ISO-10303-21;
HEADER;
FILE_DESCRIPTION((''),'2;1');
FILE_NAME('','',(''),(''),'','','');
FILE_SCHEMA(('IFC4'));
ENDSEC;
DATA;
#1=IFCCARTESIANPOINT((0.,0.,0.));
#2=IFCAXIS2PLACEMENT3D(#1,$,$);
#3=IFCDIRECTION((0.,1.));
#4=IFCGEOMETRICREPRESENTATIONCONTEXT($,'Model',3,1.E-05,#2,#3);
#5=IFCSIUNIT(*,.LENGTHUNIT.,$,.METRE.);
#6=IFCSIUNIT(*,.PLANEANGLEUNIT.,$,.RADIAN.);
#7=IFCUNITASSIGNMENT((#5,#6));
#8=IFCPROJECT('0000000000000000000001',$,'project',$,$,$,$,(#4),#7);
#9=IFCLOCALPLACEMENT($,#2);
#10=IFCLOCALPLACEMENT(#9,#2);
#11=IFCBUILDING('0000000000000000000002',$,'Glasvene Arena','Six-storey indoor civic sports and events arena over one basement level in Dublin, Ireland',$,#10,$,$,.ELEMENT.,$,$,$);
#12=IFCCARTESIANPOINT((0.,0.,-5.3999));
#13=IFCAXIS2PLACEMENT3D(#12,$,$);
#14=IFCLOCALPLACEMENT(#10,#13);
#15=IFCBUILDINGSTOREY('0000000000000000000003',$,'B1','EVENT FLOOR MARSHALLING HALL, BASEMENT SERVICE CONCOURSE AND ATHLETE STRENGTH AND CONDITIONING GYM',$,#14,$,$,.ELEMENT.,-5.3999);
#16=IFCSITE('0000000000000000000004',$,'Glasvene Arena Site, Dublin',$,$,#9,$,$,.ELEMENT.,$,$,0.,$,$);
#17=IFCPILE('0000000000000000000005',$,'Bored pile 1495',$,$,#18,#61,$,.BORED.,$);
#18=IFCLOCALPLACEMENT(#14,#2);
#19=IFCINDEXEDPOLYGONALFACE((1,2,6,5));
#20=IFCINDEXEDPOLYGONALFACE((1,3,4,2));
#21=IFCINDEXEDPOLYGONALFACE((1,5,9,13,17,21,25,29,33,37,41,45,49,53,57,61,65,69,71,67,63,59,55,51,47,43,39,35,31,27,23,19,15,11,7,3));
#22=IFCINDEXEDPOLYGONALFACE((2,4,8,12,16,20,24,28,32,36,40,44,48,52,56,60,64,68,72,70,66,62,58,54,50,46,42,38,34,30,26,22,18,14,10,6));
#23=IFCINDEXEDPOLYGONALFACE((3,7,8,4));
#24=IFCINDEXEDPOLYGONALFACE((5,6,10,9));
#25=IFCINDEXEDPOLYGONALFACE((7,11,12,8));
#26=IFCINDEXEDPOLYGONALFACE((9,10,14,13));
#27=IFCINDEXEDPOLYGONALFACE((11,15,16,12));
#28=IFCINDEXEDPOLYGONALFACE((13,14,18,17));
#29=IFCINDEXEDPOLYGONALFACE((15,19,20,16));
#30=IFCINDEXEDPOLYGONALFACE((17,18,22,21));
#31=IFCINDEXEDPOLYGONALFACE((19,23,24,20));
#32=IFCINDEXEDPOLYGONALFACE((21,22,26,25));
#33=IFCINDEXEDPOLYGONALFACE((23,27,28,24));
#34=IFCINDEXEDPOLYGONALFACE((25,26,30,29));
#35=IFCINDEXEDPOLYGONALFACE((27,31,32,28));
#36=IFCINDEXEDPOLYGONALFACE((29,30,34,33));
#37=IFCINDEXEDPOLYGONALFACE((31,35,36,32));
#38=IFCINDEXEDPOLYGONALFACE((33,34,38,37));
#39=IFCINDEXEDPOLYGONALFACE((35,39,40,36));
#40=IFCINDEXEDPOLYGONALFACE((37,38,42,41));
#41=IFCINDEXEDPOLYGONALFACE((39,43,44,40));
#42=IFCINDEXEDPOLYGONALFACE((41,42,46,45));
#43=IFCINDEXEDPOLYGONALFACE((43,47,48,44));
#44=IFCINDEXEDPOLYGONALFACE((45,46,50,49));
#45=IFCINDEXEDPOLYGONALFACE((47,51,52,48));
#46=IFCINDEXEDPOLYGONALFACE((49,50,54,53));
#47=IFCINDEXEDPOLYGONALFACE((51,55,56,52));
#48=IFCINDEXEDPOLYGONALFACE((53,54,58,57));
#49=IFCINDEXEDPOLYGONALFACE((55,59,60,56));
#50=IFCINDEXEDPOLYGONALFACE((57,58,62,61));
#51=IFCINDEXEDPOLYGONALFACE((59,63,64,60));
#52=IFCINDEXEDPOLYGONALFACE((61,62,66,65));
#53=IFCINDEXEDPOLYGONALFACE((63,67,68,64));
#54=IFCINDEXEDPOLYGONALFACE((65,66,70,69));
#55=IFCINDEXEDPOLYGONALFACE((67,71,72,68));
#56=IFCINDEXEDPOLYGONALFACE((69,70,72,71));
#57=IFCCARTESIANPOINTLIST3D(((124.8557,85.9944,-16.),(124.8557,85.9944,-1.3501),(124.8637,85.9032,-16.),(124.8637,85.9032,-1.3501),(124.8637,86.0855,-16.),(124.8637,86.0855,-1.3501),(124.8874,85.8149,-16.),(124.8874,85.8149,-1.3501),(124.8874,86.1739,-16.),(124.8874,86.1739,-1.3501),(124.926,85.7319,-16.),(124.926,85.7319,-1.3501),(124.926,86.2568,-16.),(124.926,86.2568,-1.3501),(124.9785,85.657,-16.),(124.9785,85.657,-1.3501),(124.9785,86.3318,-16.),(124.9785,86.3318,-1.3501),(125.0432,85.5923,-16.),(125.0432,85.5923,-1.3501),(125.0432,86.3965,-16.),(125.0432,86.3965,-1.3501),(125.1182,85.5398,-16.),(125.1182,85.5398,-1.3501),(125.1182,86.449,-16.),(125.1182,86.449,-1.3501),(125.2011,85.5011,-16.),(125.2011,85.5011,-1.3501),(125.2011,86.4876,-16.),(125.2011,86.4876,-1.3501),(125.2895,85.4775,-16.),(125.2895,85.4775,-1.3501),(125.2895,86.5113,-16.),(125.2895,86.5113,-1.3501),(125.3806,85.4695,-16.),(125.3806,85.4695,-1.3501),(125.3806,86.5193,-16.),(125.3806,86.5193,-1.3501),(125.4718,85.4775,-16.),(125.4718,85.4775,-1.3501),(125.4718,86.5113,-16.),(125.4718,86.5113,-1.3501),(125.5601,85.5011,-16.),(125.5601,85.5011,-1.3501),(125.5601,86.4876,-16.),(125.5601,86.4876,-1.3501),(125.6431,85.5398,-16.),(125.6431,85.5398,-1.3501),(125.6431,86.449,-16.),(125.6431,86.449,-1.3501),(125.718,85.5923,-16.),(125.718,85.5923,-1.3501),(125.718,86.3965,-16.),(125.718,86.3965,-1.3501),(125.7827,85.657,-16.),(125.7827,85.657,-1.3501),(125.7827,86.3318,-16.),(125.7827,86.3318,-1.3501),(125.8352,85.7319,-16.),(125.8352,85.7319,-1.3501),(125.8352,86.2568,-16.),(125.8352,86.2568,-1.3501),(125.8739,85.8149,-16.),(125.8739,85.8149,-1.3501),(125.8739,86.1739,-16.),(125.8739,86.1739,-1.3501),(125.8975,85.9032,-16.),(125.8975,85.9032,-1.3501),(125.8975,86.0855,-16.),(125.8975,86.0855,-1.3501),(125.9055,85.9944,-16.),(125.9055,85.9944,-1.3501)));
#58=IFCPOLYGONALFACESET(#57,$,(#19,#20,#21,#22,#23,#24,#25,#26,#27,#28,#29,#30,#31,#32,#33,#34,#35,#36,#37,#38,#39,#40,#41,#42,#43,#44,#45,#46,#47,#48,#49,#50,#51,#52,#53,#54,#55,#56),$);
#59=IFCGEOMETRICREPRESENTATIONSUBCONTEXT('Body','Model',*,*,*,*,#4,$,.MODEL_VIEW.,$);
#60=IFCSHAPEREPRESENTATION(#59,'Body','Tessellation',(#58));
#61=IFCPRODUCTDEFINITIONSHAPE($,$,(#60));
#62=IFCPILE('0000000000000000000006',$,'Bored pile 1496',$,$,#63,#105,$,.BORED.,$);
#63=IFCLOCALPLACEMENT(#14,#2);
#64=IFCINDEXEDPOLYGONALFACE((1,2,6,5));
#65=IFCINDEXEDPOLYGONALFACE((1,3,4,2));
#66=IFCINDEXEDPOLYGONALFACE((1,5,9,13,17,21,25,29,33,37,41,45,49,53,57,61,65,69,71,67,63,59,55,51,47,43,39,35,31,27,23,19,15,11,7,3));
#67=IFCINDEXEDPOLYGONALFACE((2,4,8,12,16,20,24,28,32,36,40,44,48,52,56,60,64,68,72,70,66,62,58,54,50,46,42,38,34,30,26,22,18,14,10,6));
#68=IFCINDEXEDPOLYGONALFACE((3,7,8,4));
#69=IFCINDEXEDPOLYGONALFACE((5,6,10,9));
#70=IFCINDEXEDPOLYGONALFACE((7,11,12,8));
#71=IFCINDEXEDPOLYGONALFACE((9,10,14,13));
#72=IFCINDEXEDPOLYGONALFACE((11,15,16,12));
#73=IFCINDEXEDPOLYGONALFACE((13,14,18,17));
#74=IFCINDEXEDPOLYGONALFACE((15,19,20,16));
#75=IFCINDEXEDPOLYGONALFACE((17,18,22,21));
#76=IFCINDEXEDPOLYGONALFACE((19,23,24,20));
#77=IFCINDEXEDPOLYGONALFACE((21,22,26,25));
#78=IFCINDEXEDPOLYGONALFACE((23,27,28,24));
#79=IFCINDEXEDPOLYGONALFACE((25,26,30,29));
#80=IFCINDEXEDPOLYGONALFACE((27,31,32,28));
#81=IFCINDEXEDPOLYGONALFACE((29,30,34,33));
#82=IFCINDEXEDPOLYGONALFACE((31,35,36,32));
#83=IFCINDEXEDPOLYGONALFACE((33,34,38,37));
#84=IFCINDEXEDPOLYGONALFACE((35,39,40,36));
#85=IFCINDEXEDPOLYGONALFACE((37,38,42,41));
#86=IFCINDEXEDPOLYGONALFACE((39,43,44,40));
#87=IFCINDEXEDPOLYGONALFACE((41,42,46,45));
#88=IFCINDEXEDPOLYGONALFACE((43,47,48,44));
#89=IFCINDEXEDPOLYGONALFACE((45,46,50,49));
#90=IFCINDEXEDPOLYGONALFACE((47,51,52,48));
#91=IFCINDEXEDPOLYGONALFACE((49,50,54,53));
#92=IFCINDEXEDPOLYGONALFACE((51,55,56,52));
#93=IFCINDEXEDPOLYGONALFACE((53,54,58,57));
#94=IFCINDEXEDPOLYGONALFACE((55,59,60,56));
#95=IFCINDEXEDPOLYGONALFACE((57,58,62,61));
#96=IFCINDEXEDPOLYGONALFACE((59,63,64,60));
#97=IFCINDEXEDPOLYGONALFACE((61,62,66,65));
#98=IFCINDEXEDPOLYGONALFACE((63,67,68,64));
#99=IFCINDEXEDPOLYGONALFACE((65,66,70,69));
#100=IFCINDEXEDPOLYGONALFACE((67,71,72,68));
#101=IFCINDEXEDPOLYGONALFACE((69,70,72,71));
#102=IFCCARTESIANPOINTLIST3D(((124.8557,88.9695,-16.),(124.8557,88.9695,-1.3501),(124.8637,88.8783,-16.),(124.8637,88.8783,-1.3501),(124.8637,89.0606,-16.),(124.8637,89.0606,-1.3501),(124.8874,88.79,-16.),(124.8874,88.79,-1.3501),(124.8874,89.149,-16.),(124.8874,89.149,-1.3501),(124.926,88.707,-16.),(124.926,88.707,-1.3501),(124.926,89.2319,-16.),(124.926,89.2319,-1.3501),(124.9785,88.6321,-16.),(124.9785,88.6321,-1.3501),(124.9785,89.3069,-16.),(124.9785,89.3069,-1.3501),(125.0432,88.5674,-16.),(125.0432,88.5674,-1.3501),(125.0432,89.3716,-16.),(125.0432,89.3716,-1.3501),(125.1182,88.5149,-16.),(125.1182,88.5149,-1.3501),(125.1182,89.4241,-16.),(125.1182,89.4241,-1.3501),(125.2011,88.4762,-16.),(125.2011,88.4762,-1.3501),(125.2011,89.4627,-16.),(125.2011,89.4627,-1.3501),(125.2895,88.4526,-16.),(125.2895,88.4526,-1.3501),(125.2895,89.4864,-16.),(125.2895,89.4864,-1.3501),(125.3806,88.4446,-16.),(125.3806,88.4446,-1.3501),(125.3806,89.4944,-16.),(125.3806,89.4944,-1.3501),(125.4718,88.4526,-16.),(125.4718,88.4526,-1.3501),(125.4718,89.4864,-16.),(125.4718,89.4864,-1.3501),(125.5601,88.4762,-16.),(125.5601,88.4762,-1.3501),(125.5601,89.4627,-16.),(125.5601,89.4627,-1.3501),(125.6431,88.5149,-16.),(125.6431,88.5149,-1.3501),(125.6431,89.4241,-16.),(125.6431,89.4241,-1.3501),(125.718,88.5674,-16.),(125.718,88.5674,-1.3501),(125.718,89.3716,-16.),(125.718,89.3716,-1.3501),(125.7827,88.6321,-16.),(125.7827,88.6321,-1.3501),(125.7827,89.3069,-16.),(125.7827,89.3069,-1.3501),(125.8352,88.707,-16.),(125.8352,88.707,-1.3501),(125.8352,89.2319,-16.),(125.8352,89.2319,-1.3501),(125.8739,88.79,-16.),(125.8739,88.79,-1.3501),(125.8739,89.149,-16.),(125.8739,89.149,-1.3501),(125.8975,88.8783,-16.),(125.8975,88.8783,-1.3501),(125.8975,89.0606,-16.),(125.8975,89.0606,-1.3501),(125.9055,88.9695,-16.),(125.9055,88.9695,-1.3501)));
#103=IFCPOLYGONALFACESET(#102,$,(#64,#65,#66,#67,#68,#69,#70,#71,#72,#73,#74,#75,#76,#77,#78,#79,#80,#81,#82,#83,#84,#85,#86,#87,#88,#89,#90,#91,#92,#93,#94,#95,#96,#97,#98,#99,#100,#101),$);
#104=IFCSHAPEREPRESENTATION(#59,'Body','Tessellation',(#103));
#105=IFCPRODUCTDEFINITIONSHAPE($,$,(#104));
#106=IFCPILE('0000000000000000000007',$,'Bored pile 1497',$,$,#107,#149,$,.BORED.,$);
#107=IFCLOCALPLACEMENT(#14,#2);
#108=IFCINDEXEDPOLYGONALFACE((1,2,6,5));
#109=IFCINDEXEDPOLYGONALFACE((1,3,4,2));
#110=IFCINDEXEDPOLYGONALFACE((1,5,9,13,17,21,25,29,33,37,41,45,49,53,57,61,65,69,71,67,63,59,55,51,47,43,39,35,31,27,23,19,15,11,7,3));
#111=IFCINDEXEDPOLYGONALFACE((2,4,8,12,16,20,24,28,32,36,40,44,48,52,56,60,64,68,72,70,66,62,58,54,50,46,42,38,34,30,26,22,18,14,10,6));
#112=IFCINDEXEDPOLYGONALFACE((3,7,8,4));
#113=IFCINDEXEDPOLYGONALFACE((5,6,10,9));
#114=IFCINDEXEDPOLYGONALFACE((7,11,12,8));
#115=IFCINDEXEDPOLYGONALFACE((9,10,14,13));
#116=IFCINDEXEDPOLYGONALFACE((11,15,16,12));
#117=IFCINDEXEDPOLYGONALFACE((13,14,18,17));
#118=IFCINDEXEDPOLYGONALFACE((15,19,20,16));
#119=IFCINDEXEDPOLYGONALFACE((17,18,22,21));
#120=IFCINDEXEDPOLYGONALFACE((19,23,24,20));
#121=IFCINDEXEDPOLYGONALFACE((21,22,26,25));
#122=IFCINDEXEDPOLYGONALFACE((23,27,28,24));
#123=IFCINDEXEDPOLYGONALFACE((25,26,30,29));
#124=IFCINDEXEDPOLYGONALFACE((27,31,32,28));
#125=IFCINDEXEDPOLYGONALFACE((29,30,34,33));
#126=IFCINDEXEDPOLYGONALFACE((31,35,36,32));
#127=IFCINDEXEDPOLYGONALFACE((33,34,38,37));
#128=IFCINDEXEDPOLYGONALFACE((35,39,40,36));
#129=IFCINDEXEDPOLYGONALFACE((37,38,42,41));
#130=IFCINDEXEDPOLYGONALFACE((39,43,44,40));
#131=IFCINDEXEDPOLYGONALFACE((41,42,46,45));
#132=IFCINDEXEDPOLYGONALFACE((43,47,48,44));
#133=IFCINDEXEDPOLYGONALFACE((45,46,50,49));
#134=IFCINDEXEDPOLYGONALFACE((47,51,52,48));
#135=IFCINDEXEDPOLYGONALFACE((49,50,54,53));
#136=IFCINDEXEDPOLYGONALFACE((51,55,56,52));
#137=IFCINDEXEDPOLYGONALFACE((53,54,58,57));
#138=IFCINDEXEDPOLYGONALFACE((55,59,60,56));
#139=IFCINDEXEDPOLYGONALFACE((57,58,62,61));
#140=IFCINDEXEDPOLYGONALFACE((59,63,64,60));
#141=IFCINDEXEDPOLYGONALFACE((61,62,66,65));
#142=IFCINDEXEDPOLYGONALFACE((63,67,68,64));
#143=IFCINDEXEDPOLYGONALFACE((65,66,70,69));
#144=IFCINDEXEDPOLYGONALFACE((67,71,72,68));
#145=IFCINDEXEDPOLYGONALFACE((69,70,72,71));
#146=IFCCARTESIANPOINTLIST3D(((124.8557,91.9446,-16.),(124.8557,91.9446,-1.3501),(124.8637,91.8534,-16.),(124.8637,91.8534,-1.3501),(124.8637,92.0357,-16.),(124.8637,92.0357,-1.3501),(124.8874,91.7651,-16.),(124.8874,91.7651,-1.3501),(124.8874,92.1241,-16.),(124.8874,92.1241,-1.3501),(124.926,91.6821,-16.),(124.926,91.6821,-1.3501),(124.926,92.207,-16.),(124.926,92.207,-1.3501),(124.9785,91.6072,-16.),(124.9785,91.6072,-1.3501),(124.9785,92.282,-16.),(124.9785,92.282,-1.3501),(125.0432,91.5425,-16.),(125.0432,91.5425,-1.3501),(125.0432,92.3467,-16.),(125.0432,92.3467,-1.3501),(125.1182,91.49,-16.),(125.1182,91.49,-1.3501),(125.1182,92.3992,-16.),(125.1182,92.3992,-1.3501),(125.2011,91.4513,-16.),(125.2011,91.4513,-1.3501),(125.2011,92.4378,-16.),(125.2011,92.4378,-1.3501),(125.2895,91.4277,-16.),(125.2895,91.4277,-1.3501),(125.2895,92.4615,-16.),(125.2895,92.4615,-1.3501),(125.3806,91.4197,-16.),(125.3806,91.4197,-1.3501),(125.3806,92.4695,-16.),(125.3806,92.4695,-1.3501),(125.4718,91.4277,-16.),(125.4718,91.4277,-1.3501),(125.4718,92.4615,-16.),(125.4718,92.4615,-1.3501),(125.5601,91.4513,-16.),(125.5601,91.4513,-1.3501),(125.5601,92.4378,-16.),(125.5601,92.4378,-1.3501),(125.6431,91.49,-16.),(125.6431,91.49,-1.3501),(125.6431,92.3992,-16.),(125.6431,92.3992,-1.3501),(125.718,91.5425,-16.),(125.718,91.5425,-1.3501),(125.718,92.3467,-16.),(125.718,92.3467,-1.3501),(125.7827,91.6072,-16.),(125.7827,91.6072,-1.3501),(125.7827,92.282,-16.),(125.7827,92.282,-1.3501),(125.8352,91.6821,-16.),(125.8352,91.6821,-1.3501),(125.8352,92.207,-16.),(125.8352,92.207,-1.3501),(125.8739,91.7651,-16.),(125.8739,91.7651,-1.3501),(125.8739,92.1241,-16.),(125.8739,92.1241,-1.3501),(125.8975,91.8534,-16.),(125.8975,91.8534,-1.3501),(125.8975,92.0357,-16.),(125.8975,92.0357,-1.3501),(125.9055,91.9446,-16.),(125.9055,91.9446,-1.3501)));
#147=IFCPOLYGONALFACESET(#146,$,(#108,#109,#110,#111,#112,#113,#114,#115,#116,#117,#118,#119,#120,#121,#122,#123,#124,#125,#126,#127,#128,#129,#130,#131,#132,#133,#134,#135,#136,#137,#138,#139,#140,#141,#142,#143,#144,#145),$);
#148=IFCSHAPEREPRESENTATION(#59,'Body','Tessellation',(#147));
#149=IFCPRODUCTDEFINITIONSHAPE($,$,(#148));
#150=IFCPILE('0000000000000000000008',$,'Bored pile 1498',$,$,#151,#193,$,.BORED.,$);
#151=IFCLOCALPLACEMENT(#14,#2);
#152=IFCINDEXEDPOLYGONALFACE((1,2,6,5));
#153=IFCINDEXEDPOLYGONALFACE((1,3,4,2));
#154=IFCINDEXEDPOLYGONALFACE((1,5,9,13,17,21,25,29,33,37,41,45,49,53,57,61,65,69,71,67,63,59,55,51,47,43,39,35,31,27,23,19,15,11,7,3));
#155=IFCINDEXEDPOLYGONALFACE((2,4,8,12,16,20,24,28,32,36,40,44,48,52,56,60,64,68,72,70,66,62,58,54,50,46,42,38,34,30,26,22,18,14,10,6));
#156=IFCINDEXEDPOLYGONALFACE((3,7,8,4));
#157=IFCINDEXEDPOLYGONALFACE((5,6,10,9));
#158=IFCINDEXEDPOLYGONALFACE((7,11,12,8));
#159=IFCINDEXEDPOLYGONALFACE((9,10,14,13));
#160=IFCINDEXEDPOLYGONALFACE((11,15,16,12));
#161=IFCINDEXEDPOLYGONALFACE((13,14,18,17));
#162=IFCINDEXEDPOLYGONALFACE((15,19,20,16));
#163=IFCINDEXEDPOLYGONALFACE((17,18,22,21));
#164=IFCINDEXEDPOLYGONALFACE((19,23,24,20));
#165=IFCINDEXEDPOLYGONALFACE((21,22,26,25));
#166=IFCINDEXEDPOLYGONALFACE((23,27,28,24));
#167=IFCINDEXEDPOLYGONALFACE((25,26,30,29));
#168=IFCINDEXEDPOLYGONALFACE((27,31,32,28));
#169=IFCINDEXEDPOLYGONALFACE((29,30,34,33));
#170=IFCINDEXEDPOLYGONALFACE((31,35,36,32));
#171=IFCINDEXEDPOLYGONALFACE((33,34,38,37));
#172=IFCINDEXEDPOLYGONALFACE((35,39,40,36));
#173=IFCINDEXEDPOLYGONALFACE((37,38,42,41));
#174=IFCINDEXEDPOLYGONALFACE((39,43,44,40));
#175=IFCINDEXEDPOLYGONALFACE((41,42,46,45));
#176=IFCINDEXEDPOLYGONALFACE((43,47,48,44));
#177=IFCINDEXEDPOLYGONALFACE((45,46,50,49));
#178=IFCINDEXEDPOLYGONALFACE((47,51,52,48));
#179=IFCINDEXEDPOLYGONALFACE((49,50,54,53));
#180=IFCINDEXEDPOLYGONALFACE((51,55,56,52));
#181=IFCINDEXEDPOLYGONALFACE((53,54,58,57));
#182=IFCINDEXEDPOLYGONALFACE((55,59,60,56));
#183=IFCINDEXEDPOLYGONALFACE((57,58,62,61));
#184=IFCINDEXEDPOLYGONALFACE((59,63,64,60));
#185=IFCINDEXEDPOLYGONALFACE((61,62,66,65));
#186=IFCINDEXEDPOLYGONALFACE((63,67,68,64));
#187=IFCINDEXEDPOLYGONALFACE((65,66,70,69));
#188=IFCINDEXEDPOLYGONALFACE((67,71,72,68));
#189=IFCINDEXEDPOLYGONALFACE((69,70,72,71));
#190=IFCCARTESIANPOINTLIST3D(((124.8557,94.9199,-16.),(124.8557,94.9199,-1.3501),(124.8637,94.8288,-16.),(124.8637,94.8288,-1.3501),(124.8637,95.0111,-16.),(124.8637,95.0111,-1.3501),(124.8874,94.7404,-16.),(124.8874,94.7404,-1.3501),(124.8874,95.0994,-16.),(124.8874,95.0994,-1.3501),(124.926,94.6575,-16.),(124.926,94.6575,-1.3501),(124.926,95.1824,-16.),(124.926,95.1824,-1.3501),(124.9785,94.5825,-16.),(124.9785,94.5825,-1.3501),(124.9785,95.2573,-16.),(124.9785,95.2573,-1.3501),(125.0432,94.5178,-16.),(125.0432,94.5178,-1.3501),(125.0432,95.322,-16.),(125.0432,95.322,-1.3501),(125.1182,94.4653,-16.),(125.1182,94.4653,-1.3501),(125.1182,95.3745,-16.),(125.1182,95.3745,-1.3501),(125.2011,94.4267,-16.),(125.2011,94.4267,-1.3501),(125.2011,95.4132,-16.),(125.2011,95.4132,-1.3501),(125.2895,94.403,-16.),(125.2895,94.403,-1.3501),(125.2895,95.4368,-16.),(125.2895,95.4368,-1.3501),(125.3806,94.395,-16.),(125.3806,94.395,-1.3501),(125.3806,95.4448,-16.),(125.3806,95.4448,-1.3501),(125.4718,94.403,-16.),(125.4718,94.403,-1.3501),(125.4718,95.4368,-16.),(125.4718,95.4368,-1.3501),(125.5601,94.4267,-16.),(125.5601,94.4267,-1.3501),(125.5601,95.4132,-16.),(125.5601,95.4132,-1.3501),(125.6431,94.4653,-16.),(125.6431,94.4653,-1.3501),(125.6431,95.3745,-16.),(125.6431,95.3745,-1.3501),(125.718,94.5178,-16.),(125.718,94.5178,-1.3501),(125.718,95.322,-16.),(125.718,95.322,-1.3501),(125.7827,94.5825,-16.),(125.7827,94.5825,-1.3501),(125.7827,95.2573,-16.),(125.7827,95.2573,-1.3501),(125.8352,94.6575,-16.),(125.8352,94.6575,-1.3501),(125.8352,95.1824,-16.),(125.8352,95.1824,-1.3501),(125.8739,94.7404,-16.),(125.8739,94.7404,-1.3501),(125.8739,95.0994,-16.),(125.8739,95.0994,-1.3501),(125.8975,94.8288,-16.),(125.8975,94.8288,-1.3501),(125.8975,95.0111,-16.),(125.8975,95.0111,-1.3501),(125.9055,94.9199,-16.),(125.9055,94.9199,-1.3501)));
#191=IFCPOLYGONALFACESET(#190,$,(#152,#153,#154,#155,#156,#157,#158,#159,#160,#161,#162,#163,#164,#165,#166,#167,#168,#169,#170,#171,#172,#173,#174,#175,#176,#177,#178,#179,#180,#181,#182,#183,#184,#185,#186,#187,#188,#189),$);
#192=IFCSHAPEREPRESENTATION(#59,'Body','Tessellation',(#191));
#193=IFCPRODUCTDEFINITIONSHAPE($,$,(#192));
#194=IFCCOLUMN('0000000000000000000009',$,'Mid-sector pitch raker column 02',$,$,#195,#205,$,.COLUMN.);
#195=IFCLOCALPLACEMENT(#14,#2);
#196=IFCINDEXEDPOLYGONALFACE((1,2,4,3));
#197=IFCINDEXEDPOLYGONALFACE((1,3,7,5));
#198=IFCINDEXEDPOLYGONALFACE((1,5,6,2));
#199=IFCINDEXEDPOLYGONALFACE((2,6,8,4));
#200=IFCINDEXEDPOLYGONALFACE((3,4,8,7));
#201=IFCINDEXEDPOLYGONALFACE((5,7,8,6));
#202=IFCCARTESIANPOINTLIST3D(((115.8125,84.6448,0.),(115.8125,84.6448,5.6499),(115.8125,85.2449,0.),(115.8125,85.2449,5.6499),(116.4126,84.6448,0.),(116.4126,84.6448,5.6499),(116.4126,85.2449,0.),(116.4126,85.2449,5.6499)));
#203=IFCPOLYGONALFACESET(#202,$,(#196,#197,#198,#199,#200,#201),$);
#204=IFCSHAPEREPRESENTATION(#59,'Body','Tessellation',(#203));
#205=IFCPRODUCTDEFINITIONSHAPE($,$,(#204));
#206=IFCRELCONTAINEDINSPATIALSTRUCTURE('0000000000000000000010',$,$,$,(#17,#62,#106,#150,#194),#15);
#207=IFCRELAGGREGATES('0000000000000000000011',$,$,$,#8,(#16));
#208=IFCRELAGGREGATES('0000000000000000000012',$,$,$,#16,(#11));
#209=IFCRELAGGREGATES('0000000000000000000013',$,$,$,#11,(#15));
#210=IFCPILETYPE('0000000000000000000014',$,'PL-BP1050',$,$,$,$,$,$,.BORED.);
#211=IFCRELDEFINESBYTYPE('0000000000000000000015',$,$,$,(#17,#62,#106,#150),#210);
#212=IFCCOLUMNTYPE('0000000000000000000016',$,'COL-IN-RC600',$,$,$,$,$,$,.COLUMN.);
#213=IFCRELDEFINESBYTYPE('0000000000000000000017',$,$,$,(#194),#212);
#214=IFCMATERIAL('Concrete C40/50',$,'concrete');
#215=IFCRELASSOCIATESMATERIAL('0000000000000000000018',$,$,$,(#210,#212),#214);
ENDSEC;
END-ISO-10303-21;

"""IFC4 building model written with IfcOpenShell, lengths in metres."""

from ifc_helpers import new_model, si_unit, direction, frame, origin, origin_2d, place, context, subcontext, project, spatial, rectangle, circle, extrude, material, material_profile, profile_set, type_object, element, save


model = new_model("IFC4")

# Units and contexts
model_context = context("Model", 3, precision=1e-05, world=origin(), true_north=direction((0.0, 1.0)))
body_context = subcontext(model_context, "Body", "Model", "MODEL_VIEW")
ifc_project = project(units=[si_unit("LENGTHUNIT", "METRE"), si_unit("PLANEANGLEUNIT", "RADIAN")], contexts=[model_context])

# Site, building, storey
site_placement = place(None, origin())
site = spatial("IfcSite", under=ifc_project, at=site_placement, Name="Glasvene Arena Site, Dublin", CompositionType="ELEMENT", RefElevation=0.0)
building_placement = place(site_placement, origin())
building = spatial("IfcBuilding", under=site, at=building_placement, Name="Glasvene Arena", Description="Six-storey indoor civic sports and events arena over one basement level in Dublin, Ireland", CompositionType="ELEMENT")
storey_placement = place(building_placement, frame((0.0, 0.0, -5.3999)))
storey = spatial("IfcBuildingStorey", under=building, at=storey_placement, Name="B1", Description="EVENT FLOOR MARSHALLING HALL, BASEMENT SERVICE CONCOURSE AND ATHLETE STRENGTH AND CONDITIONING GYM", CompositionType="ELEMENT", Elevation=-5.3999)

# Piles
ifc_material_1 = material(Name="Concrete C40/50", Category="concrete")
ifc_material_profile_1 = material_profile(ifc_material_1, circle(Radius=0.5249, at=origin_2d()), Name="BORED PILE 1050")
ifc_profile_set_1 = profile_set([ifc_material_profile_1], Name="Concrete C40/50")
pile_type = type_object("IfcPileType", Name="PL-BP1050", PredefinedType="BORED", material=ifc_profile_set_1)
for number, where, z_axis, x_axis, name in (
    (1, (125.3806, 85.9944, -1.3501), (0.0, 0.0, -1.0), (1.0, 0.0, 0.0), "Bored pile 1495"),
    (2, (125.3806, 88.9695, -1.3501), (0.0, 0.0, -1.0), (1.0, 0.0, 0.0), "Bored pile 1496"),
    (3, (125.3806, 91.9446, -1.3501), (0.0, 0.0, -1.0), (1.0, 0.0, 0.0), "Bored pile 1497"),
    (4, (125.3806, 94.9199, -1.3501), (0.0, 0.0, -1.0), (1.0, 0.0, 0.0), "Bored pile 1498"),
):
    element("IfcPile", number, at=place(storey_placement, frame(where, z_axis=z_axis, x_axis=x_axis)), inside=storey, type_object=pile_type, Name=name, PredefinedType="BORED", context=body_context, shape_type="SweptSolid", body=[
        extrude(circle(Radius=0.5249, at=origin_2d()), origin(), (0.0, 0.0, 1.0), 14.6499),
    ])

# Column
ifc_material_profile_2 = material_profile(ifc_material_1, rectangle(XDim=0.6001, YDim=0.6001, at=origin_2d()), Name="RC 600x600")
ifc_profile_set_2 = profile_set([ifc_material_profile_2], Name="Concrete C40/50")
column_type_1 = type_object("IfcColumnType", Name="COL-IN-RC600", PredefinedType="COLUMN", material=ifc_profile_set_2)
column_placement = place(storey_placement, frame((116.1125, 84.9448, 0.0), z_axis=(0.0, 0.0, 1.0), x_axis=(1.0, 0.0, 0.0)))
element("IfcColumn", 5, at=column_placement, inside=storey, type_object=column_type_1, Name="Mid-sector pitch raker column 02", PredefinedType="COLUMN", context=body_context, shape_type="SweptSolid", body=[
    extrude(rectangle(XDim=0.6001, YDim=0.6001, at=origin_2d()), origin(), (0.0, 0.0, 1.0), 5.6499),
])

save(model, "model.ifc")
